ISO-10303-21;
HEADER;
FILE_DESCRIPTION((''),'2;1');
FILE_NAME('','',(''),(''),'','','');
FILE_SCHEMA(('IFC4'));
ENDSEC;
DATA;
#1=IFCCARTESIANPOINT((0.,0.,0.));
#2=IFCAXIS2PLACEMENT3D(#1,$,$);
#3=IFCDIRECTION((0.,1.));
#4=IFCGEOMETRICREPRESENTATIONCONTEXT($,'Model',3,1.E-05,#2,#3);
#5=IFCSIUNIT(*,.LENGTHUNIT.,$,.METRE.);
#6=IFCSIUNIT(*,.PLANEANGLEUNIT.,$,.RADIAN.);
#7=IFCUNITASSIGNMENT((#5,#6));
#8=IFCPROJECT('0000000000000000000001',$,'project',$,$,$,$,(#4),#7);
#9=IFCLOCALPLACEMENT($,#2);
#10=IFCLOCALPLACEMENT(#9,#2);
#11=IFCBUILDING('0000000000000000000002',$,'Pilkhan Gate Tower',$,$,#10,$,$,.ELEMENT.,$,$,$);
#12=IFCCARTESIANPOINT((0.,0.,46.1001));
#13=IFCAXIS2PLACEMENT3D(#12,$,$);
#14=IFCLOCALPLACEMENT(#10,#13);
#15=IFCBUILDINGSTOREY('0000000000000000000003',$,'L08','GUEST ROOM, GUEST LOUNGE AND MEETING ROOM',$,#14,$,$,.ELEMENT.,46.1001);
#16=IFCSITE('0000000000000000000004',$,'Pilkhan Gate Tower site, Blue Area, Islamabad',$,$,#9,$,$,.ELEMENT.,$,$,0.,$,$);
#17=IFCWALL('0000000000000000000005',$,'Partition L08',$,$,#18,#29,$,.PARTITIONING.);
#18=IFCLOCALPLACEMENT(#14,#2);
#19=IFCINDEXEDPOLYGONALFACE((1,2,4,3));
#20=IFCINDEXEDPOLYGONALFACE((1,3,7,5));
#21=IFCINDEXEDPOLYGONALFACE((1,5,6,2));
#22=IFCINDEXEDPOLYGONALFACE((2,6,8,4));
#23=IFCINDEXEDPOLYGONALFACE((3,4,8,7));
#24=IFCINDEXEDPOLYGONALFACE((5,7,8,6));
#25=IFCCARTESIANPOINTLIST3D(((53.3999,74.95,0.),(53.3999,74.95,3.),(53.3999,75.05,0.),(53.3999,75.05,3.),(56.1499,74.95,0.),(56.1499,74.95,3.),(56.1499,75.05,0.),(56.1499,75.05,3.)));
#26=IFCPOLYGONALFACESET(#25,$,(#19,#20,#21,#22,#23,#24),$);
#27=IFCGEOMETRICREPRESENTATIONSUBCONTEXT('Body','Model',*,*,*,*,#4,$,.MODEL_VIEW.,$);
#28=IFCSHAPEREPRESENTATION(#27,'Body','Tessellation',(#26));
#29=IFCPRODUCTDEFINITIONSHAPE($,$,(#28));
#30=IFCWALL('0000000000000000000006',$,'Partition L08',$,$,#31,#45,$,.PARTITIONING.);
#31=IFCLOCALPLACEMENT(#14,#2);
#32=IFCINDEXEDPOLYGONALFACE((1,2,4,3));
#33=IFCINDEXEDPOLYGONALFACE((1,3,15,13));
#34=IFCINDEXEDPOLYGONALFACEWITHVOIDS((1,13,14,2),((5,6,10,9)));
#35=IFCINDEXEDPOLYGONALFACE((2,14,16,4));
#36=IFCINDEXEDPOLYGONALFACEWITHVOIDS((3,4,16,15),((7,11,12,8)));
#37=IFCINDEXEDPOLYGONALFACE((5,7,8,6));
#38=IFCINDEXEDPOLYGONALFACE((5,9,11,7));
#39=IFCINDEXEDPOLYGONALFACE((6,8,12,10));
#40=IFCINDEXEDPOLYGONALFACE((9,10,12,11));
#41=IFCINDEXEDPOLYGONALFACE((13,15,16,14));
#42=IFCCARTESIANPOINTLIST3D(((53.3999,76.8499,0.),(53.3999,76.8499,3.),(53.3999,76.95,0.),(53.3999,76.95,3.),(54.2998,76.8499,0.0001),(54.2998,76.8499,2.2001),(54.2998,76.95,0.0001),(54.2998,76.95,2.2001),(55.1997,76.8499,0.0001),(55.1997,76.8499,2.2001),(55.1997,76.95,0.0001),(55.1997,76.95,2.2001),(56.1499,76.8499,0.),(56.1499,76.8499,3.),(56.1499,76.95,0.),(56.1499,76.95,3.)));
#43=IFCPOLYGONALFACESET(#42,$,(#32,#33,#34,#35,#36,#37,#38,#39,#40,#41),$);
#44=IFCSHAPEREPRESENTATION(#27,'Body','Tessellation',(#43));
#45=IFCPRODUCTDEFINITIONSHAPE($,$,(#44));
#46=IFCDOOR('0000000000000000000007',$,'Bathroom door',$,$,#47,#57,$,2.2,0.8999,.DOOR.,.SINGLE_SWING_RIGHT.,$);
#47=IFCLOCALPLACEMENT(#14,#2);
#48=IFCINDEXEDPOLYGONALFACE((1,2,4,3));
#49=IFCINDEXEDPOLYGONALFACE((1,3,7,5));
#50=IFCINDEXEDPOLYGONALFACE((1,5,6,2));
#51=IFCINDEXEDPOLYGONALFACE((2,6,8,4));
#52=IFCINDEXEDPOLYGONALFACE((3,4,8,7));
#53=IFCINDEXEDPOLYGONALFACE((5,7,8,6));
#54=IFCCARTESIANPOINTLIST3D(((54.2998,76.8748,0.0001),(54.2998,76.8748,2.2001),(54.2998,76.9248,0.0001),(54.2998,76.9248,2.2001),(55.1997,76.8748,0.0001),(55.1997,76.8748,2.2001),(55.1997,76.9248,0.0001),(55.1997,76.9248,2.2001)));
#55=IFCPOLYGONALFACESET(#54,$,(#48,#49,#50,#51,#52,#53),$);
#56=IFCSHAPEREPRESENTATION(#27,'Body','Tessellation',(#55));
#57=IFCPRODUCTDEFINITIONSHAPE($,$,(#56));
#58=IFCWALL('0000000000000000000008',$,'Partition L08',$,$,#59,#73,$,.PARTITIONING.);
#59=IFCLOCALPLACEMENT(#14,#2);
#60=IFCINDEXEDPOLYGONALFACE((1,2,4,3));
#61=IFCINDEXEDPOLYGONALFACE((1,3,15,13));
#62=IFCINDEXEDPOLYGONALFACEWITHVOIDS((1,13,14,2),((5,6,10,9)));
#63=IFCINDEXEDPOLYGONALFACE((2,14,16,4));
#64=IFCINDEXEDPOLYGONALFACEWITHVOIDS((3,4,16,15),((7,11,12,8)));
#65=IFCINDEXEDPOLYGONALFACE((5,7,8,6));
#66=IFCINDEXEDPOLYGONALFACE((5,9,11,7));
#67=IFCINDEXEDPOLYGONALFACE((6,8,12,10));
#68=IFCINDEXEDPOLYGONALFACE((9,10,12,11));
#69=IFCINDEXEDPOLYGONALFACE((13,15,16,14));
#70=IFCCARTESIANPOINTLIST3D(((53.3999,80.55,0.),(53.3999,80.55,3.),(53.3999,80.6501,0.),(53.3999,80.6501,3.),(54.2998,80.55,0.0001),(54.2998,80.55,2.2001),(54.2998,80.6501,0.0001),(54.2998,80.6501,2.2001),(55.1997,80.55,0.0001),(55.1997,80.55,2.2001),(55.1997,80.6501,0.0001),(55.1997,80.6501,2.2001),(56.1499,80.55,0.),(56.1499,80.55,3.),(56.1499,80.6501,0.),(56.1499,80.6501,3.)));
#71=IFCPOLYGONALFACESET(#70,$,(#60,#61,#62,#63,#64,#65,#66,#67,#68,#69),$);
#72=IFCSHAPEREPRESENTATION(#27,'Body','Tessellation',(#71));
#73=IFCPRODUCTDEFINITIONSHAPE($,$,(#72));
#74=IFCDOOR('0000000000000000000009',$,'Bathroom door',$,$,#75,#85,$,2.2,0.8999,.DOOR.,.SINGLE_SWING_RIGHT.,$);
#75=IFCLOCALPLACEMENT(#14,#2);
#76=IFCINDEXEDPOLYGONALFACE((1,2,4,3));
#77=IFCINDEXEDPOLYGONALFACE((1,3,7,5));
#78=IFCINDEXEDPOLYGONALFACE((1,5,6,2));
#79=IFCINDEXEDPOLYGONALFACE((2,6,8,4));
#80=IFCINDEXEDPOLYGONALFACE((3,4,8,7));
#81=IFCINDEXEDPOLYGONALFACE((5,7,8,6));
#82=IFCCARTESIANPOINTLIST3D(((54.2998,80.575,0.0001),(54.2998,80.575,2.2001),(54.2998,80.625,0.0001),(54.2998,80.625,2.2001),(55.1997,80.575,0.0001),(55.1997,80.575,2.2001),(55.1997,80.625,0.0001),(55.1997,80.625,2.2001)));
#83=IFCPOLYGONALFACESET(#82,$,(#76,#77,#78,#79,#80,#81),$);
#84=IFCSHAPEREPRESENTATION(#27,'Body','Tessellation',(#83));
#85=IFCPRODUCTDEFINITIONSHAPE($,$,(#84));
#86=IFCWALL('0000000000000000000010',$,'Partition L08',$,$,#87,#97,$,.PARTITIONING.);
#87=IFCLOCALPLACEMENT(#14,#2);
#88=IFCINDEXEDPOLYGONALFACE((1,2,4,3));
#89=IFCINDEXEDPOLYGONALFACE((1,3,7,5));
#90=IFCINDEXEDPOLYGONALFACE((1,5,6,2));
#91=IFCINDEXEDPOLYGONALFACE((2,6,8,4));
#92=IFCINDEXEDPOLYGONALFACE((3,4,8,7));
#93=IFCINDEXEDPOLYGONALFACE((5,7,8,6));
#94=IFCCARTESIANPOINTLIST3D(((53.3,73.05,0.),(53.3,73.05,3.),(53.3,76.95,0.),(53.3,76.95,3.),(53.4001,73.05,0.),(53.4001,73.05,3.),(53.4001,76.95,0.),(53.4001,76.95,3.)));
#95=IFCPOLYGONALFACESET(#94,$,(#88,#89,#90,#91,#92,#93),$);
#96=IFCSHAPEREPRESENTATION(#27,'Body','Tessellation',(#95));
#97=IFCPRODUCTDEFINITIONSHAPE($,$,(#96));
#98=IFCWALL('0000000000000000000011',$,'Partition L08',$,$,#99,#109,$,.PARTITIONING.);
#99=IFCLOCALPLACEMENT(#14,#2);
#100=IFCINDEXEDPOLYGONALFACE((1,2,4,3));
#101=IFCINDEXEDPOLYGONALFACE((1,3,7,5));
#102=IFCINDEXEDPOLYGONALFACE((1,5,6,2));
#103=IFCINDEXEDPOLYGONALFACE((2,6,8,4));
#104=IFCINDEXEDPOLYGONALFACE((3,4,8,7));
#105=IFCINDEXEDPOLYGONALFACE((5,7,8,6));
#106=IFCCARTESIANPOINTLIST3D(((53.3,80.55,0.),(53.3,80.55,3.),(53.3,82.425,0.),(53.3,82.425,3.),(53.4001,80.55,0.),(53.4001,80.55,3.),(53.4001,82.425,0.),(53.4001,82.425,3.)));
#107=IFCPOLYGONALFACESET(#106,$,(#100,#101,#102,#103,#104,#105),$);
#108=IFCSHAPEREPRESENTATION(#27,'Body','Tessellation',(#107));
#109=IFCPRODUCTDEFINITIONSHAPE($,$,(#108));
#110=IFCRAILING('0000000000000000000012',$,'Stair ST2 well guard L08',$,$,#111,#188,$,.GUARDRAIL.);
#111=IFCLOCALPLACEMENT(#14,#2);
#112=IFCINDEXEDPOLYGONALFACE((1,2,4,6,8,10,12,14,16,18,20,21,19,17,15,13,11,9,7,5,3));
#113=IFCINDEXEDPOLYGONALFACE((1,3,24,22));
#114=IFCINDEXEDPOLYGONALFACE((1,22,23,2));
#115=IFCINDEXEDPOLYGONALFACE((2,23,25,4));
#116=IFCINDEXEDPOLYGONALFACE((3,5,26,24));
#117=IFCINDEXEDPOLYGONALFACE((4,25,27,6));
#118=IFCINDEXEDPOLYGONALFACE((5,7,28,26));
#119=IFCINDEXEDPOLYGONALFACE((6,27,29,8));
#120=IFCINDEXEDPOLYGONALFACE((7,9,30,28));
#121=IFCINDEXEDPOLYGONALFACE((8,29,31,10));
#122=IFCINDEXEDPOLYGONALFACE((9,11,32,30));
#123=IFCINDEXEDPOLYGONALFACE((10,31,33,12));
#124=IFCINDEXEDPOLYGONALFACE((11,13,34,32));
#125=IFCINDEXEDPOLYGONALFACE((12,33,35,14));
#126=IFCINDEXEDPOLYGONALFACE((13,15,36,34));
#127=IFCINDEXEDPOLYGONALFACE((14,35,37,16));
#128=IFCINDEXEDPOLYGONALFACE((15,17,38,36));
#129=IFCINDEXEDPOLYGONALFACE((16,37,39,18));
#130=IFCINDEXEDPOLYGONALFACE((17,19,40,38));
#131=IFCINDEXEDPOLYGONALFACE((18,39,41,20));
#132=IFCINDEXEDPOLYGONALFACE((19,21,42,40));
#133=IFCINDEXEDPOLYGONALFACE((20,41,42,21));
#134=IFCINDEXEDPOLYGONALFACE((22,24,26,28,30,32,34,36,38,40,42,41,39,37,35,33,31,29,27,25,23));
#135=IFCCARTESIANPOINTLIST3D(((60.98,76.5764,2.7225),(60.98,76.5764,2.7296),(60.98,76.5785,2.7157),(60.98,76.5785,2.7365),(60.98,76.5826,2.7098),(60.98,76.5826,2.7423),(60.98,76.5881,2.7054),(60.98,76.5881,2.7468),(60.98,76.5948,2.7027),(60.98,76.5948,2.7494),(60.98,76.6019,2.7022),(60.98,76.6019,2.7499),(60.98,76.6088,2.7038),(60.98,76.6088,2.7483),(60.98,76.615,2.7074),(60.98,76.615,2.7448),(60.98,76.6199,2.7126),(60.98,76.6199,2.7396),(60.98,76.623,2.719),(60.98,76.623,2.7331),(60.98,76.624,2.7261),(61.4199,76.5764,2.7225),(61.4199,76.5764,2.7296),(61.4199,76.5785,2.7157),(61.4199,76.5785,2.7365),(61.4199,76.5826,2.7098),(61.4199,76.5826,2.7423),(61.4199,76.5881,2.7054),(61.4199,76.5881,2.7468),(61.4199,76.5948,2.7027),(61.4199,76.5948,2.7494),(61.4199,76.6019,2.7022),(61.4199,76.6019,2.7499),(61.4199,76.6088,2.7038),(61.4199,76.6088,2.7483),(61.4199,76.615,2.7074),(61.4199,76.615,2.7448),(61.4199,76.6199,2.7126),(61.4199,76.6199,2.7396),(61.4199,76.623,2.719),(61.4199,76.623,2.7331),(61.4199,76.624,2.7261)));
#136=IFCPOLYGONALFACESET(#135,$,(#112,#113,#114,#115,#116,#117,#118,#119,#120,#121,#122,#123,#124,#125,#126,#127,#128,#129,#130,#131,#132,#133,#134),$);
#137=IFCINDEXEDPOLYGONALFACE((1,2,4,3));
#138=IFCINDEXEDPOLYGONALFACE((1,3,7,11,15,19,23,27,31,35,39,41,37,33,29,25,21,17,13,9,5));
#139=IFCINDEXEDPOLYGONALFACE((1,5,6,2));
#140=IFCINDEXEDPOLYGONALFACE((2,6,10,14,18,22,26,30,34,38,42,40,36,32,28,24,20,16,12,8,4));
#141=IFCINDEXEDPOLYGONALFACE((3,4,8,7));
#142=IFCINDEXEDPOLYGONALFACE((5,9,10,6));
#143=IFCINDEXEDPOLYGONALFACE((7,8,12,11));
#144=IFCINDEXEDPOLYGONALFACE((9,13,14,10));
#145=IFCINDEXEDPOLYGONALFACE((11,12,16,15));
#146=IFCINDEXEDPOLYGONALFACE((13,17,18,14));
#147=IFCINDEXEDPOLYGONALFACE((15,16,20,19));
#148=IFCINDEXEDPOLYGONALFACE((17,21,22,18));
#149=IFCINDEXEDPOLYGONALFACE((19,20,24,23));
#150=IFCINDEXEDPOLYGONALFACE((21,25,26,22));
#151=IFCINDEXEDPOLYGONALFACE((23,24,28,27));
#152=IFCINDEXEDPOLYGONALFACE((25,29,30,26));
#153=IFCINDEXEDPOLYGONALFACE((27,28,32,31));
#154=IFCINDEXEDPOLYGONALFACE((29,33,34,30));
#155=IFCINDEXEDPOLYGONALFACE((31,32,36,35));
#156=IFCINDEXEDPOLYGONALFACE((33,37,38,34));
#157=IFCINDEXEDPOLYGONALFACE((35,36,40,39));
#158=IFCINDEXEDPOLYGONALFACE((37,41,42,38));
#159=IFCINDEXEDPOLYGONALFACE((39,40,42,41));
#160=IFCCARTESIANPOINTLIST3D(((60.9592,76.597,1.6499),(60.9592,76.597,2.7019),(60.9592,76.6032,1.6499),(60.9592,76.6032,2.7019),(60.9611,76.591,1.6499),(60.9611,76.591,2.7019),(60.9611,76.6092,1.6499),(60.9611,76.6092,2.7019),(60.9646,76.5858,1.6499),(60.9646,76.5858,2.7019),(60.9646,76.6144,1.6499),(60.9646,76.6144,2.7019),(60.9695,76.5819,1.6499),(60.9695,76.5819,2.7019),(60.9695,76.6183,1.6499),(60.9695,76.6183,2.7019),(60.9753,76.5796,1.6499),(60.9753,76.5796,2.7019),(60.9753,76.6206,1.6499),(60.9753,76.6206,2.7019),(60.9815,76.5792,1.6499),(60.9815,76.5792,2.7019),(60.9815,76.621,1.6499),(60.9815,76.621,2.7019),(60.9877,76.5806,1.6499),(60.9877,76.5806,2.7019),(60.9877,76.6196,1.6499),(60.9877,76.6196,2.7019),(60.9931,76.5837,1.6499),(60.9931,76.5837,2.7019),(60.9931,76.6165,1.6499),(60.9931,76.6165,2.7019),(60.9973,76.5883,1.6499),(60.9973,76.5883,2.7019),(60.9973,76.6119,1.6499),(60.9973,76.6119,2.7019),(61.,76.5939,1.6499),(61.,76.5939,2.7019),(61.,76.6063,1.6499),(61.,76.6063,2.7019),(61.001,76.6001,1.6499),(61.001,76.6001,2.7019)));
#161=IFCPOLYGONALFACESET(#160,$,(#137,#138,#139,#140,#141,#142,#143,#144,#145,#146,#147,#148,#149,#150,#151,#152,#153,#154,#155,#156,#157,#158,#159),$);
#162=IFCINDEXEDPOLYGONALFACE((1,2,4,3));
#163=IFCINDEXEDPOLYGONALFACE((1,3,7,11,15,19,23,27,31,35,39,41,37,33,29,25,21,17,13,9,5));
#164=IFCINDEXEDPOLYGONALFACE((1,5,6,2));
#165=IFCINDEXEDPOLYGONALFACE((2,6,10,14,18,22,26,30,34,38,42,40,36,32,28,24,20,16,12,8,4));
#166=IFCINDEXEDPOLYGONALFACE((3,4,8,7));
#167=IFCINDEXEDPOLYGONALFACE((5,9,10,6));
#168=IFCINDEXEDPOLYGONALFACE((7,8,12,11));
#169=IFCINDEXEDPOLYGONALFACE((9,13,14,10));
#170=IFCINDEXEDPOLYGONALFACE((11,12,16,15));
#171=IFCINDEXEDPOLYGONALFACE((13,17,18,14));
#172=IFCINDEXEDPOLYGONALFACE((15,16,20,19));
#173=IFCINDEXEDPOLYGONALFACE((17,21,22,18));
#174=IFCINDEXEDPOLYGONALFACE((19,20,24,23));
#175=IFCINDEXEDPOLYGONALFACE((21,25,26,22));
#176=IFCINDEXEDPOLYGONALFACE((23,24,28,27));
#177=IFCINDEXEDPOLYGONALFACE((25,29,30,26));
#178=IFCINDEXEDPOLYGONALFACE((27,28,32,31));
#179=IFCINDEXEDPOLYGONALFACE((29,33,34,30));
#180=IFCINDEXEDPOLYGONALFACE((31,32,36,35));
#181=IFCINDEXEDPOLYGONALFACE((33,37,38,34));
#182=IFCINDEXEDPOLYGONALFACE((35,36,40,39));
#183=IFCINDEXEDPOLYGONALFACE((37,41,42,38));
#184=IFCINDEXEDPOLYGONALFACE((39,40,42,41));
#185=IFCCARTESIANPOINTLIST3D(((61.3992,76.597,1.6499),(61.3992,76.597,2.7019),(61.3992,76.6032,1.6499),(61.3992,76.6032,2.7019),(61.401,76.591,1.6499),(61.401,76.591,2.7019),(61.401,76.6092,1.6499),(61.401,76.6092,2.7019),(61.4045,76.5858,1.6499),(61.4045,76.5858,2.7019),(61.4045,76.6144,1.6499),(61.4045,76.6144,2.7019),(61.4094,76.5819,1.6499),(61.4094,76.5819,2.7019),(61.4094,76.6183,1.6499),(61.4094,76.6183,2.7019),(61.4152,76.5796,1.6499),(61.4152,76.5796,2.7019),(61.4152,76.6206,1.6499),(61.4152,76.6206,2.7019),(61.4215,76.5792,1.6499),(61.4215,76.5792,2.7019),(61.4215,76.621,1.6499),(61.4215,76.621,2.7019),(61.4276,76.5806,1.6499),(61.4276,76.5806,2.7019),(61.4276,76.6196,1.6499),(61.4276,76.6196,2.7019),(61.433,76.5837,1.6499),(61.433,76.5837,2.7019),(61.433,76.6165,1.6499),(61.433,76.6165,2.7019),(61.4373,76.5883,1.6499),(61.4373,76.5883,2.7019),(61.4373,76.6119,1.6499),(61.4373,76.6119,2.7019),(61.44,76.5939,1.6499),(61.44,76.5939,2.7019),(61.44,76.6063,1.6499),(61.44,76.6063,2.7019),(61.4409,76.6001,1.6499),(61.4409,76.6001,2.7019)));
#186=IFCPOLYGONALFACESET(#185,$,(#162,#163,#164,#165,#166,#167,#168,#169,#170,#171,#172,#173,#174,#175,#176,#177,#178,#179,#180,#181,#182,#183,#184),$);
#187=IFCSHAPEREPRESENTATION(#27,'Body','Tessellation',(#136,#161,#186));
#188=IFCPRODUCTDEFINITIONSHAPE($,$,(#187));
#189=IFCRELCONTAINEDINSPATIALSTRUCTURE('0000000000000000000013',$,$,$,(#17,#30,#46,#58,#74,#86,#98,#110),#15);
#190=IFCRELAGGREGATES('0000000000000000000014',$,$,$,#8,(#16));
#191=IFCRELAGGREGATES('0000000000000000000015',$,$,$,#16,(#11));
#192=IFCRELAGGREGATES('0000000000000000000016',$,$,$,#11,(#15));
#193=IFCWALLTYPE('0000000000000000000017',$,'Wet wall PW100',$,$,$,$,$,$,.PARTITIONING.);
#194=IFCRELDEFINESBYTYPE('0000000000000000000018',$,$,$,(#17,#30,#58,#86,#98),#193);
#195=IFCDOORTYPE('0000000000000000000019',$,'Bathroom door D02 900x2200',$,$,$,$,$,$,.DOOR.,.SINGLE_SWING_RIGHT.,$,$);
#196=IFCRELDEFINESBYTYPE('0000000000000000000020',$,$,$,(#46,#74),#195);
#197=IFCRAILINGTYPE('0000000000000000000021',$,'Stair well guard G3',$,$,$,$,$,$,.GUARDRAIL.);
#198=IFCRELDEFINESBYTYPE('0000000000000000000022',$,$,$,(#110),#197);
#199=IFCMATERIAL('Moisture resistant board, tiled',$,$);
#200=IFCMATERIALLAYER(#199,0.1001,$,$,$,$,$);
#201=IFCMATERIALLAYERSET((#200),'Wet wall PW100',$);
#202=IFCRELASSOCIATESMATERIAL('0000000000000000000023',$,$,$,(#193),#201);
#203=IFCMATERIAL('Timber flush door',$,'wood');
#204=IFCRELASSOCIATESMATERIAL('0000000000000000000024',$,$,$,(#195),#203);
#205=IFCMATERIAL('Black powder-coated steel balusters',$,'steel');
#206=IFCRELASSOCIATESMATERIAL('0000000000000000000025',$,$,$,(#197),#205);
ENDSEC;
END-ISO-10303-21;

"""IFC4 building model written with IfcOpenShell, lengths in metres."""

from ifc_helpers import new_model, si_unit, direction, frame, frame_2d, origin, origin_2d, place, context, subcontext, project, spatial, rectangle, circle, extrude, material, layer, layer_set, type_object, element, fill, save


model = new_model("IFC4")

# Units and contexts
model_context = context("Model", 3, precision=1e-05, world=origin(), true_north=direction((0.0, 1.0)))
body_context = subcontext(model_context, "Body", "Model", "MODEL_VIEW")
ifc_project = project(units=[si_unit("LENGTHUNIT", "METRE"), si_unit("PLANEANGLEUNIT", "RADIAN")], contexts=[model_context])

# Site, building, storey
site_placement = place(None, origin())
site = spatial("IfcSite", under=ifc_project, at=site_placement, Name="Pilkhan Gate Tower site, Blue Area, Islamabad", CompositionType="ELEMENT", RefElevation=0.0)
building_placement = place(site_placement, origin())
building = spatial("IfcBuilding", under=site, at=building_placement, Name="Pilkhan Gate Tower", CompositionType="ELEMENT")
storey_placement = place(building_placement, frame((0.0, 0.0, 46.1001)))
storey = spatial("IfcBuildingStorey", under=building, at=storey_placement, Name="L08", Description="GUEST ROOM, GUEST LOUNGE AND MEETING ROOM", CompositionType="ELEMENT", Elevation=46.1001)

# Shared definitions
ifc_material_1 = material(Name="Moisture resistant board, tiled")
ifc_layer_1 = layer(ifc_material_1, 0.1001)
ifc_layer_set_1 = layer_set([ifc_layer_1], Name="Wet wall PW100")
wall_type_1 = type_object("IfcWallType", Name="Wet wall PW100", PredefinedType="PARTITIONING", material=ifc_layer_set_1)

# Shared definitions
ifc_material_2 = material(Name="Timber flush door", Category="wood")
door_type = type_object("IfcDoorType", Name="Bathroom door D02 900x2200", OperationType="SINGLE_SWING_RIGHT", PredefinedType="DOOR", material=ifc_material_2)

# Wall
wall_1_placement = place(storey_placement, frame((53.3999, 75.0, 0.0), z_axis=(0.0, 0.0, 1.0), x_axis=(1.0, 0.0, 0.0)))
element("IfcWall", 1, at=wall_1_placement, inside=storey, type_object=wall_type_1, Name="Partition L08", PredefinedType="PARTITIONING", context=body_context, shape_type="SweptSolid", body=[
    extrude(rectangle(XDim=2.75, YDim=0.1001, at=frame_2d((1.375, 0.0))), origin(), (0.0, 0.0, 1.0), 3.0),
])

# Walls, openings, doors
wall_2_placement = place(storey_placement, frame((53.3999, 76.8999, 0.0), z_axis=(0.0, 0.0, 1.0), x_axis=(1.0, 0.0, 0.0)))
wall_2 = element("IfcWall", 2, at=wall_2_placement, inside=storey, type_object=wall_type_1, Name="Partition L08", PredefinedType="PARTITIONING", context=body_context, shape_type="SweptSolid", body=[
    extrude(rectangle(XDim=2.75, YDim=0.1001, at=frame_2d((1.375, 0.0))), origin(), (0.0, 0.0, 1.0), 3.0),
])
opening_1_placement = place(wall_2_placement, frame((0.8999, 0.0, 0.0)))
opening_1 = element("IfcOpeningElement", 3, at=opening_1_placement, cuts=wall_2, PredefinedType="OPENING", context=body_context, shape_type="SweptSolid", body=[
    extrude(rectangle(XDim=0.8999, YDim=2.2, at=frame_2d((0.45, 1.1001))), frame((0.0, 0.0601, 0.0), z_axis=(0.0, -1.0, 0.0), x_axis=(1.0, 0.0, 0.0)), (0.0, 0.0, 1.0), 0.1201),
])
door_1_placement = place(opening_1_placement, origin())
door_1 = element("IfcDoor", 4, at=door_1_placement, inside=storey, type_object=door_type, Name="Bathroom door", OperationType="SINGLE_SWING_RIGHT", OverallHeight=2.2, OverallWidth=0.8999, PredefinedType="DOOR", context=body_context, shape_type="SweptSolid", body=[
    extrude(rectangle(XDim=0.8999, YDim=2.2, at=frame_2d((0.45, 1.1001))), frame((0.0, 0.0249, 0.0), z_axis=(0.0, -1.0, 0.0), x_axis=(1.0, 0.0, 0.0)), (0.0, 0.0, 1.0), 0.05),
])
fill(opening_1, door_1)
wall_3_placement = place(storey_placement, frame((53.3999, 80.6001, 0.0), z_axis=(0.0, 0.0, 1.0), x_axis=(1.0, 0.0, 0.0)))
wall_3 = element("IfcWall", 5, at=wall_3_placement, inside=storey, type_object=wall_type_1, Name="Partition L08", PredefinedType="PARTITIONING", context=body_context, shape_type="SweptSolid", body=[
    extrude(rectangle(XDim=2.75, YDim=0.1001, at=frame_2d((1.375, 0.0))), origin(), (0.0, 0.0, 1.0), 3.0),
])
opening_2_placement = place(wall_3_placement, frame((0.8999, 0.0, 0.0)))
opening_2 = element("IfcOpeningElement", 6, at=opening_2_placement, cuts=wall_3, PredefinedType="OPENING", context=body_context, shape_type="SweptSolid", body=[
    extrude(rectangle(XDim=0.8999, YDim=2.2, at=frame_2d((0.45, 1.1001))), frame((0.0, 0.0601, 0.0), z_axis=(0.0, -1.0, 0.0), x_axis=(1.0, 0.0, 0.0)), (0.0, 0.0, 1.0), 0.1201),
])
door_2_placement = place(opening_2_placement, origin())
door_2 = element("IfcDoor", 7, at=door_2_placement, inside=storey, type_object=door_type, Name="Bathroom door", OperationType="SINGLE_SWING_RIGHT", OverallHeight=2.2, OverallWidth=0.8999, PredefinedType="DOOR", context=body_context, shape_type="SweptSolid", body=[
    extrude(rectangle(XDim=0.8999, YDim=2.2, at=frame_2d((0.45, 1.1001))), frame((0.0, 0.0249, 0.0), z_axis=(0.0, -1.0, 0.0), x_axis=(1.0, 0.0, 0.0)), (0.0, 0.0, 1.0), 0.05),
])
fill(opening_2, door_2)

# Walls
wall_4_placement = place(storey_placement, frame((53.3501, 73.05, 0.0), z_axis=(0.0, 0.0, 1.0), x_axis=(0.0, 1.0, 0.0)))
element("IfcWall", 8, at=wall_4_placement, inside=storey, type_object=wall_type_1, Name="Partition L08", PredefinedType="PARTITIONING", context=body_context, shape_type="SweptSolid", body=[
    extrude(rectangle(XDim=3.8999, YDim=0.1001, at=frame_2d((1.95, 0.0))), origin(), (0.0, 0.0, 1.0), 3.0),
])
wall_5_placement = place(storey_placement, frame((53.3501, 80.55, 0.0), z_axis=(0.0, 0.0, 1.0), x_axis=(0.0, 1.0, 0.0)))
element("IfcWall", 9, at=wall_5_placement, inside=storey, type_object=wall_type_1, Name="Partition L08", PredefinedType="PARTITIONING", context=body_context, shape_type="SweptSolid", body=[
    extrude(rectangle(XDim=1.875, YDim=0.1001, at=frame_2d((0.9375, 0.0))), origin(), (0.0, 0.0, 1.0), 3.0),
])

# Railing
ifc_material_3 = material(Name="Black powder-coated steel balusters", Category="steel")
railing_type = type_object("IfcRailingType", Name="Stair well guard G3", PredefinedType="GUARDRAIL", material=ifc_material_3)
railing_placement = place(storey_placement, frame((60.98, 76.6001, 1.6499)))
element("IfcRailing", 10, at=railing_placement, inside=storey, type_object=railing_type, Name="Stair ST2 well guard L08", PredefinedType="GUARDRAIL", context=body_context, shape_type="SweptSolid", body=[
    extrude(circle(Radius=0.0239, at=origin_2d()), frame((0.0, 0.0, 1.0762), z_axis=(1.0, 0.0, 0.0), x_axis=(0.0, 1.0, 0.0)), (0.0, 0.0, 1.0), 0.4399),
    extrude(circle(Radius=0.021, at=origin_2d()), origin(), (0.0, 0.0, 1.0), 1.052),
    extrude(circle(Radius=0.021, at=origin_2d()), frame((0.4399, 0.0, 0.0)), (0.0, 0.0, 1.0), 1.052),
])

save(model, "model.ifc")
